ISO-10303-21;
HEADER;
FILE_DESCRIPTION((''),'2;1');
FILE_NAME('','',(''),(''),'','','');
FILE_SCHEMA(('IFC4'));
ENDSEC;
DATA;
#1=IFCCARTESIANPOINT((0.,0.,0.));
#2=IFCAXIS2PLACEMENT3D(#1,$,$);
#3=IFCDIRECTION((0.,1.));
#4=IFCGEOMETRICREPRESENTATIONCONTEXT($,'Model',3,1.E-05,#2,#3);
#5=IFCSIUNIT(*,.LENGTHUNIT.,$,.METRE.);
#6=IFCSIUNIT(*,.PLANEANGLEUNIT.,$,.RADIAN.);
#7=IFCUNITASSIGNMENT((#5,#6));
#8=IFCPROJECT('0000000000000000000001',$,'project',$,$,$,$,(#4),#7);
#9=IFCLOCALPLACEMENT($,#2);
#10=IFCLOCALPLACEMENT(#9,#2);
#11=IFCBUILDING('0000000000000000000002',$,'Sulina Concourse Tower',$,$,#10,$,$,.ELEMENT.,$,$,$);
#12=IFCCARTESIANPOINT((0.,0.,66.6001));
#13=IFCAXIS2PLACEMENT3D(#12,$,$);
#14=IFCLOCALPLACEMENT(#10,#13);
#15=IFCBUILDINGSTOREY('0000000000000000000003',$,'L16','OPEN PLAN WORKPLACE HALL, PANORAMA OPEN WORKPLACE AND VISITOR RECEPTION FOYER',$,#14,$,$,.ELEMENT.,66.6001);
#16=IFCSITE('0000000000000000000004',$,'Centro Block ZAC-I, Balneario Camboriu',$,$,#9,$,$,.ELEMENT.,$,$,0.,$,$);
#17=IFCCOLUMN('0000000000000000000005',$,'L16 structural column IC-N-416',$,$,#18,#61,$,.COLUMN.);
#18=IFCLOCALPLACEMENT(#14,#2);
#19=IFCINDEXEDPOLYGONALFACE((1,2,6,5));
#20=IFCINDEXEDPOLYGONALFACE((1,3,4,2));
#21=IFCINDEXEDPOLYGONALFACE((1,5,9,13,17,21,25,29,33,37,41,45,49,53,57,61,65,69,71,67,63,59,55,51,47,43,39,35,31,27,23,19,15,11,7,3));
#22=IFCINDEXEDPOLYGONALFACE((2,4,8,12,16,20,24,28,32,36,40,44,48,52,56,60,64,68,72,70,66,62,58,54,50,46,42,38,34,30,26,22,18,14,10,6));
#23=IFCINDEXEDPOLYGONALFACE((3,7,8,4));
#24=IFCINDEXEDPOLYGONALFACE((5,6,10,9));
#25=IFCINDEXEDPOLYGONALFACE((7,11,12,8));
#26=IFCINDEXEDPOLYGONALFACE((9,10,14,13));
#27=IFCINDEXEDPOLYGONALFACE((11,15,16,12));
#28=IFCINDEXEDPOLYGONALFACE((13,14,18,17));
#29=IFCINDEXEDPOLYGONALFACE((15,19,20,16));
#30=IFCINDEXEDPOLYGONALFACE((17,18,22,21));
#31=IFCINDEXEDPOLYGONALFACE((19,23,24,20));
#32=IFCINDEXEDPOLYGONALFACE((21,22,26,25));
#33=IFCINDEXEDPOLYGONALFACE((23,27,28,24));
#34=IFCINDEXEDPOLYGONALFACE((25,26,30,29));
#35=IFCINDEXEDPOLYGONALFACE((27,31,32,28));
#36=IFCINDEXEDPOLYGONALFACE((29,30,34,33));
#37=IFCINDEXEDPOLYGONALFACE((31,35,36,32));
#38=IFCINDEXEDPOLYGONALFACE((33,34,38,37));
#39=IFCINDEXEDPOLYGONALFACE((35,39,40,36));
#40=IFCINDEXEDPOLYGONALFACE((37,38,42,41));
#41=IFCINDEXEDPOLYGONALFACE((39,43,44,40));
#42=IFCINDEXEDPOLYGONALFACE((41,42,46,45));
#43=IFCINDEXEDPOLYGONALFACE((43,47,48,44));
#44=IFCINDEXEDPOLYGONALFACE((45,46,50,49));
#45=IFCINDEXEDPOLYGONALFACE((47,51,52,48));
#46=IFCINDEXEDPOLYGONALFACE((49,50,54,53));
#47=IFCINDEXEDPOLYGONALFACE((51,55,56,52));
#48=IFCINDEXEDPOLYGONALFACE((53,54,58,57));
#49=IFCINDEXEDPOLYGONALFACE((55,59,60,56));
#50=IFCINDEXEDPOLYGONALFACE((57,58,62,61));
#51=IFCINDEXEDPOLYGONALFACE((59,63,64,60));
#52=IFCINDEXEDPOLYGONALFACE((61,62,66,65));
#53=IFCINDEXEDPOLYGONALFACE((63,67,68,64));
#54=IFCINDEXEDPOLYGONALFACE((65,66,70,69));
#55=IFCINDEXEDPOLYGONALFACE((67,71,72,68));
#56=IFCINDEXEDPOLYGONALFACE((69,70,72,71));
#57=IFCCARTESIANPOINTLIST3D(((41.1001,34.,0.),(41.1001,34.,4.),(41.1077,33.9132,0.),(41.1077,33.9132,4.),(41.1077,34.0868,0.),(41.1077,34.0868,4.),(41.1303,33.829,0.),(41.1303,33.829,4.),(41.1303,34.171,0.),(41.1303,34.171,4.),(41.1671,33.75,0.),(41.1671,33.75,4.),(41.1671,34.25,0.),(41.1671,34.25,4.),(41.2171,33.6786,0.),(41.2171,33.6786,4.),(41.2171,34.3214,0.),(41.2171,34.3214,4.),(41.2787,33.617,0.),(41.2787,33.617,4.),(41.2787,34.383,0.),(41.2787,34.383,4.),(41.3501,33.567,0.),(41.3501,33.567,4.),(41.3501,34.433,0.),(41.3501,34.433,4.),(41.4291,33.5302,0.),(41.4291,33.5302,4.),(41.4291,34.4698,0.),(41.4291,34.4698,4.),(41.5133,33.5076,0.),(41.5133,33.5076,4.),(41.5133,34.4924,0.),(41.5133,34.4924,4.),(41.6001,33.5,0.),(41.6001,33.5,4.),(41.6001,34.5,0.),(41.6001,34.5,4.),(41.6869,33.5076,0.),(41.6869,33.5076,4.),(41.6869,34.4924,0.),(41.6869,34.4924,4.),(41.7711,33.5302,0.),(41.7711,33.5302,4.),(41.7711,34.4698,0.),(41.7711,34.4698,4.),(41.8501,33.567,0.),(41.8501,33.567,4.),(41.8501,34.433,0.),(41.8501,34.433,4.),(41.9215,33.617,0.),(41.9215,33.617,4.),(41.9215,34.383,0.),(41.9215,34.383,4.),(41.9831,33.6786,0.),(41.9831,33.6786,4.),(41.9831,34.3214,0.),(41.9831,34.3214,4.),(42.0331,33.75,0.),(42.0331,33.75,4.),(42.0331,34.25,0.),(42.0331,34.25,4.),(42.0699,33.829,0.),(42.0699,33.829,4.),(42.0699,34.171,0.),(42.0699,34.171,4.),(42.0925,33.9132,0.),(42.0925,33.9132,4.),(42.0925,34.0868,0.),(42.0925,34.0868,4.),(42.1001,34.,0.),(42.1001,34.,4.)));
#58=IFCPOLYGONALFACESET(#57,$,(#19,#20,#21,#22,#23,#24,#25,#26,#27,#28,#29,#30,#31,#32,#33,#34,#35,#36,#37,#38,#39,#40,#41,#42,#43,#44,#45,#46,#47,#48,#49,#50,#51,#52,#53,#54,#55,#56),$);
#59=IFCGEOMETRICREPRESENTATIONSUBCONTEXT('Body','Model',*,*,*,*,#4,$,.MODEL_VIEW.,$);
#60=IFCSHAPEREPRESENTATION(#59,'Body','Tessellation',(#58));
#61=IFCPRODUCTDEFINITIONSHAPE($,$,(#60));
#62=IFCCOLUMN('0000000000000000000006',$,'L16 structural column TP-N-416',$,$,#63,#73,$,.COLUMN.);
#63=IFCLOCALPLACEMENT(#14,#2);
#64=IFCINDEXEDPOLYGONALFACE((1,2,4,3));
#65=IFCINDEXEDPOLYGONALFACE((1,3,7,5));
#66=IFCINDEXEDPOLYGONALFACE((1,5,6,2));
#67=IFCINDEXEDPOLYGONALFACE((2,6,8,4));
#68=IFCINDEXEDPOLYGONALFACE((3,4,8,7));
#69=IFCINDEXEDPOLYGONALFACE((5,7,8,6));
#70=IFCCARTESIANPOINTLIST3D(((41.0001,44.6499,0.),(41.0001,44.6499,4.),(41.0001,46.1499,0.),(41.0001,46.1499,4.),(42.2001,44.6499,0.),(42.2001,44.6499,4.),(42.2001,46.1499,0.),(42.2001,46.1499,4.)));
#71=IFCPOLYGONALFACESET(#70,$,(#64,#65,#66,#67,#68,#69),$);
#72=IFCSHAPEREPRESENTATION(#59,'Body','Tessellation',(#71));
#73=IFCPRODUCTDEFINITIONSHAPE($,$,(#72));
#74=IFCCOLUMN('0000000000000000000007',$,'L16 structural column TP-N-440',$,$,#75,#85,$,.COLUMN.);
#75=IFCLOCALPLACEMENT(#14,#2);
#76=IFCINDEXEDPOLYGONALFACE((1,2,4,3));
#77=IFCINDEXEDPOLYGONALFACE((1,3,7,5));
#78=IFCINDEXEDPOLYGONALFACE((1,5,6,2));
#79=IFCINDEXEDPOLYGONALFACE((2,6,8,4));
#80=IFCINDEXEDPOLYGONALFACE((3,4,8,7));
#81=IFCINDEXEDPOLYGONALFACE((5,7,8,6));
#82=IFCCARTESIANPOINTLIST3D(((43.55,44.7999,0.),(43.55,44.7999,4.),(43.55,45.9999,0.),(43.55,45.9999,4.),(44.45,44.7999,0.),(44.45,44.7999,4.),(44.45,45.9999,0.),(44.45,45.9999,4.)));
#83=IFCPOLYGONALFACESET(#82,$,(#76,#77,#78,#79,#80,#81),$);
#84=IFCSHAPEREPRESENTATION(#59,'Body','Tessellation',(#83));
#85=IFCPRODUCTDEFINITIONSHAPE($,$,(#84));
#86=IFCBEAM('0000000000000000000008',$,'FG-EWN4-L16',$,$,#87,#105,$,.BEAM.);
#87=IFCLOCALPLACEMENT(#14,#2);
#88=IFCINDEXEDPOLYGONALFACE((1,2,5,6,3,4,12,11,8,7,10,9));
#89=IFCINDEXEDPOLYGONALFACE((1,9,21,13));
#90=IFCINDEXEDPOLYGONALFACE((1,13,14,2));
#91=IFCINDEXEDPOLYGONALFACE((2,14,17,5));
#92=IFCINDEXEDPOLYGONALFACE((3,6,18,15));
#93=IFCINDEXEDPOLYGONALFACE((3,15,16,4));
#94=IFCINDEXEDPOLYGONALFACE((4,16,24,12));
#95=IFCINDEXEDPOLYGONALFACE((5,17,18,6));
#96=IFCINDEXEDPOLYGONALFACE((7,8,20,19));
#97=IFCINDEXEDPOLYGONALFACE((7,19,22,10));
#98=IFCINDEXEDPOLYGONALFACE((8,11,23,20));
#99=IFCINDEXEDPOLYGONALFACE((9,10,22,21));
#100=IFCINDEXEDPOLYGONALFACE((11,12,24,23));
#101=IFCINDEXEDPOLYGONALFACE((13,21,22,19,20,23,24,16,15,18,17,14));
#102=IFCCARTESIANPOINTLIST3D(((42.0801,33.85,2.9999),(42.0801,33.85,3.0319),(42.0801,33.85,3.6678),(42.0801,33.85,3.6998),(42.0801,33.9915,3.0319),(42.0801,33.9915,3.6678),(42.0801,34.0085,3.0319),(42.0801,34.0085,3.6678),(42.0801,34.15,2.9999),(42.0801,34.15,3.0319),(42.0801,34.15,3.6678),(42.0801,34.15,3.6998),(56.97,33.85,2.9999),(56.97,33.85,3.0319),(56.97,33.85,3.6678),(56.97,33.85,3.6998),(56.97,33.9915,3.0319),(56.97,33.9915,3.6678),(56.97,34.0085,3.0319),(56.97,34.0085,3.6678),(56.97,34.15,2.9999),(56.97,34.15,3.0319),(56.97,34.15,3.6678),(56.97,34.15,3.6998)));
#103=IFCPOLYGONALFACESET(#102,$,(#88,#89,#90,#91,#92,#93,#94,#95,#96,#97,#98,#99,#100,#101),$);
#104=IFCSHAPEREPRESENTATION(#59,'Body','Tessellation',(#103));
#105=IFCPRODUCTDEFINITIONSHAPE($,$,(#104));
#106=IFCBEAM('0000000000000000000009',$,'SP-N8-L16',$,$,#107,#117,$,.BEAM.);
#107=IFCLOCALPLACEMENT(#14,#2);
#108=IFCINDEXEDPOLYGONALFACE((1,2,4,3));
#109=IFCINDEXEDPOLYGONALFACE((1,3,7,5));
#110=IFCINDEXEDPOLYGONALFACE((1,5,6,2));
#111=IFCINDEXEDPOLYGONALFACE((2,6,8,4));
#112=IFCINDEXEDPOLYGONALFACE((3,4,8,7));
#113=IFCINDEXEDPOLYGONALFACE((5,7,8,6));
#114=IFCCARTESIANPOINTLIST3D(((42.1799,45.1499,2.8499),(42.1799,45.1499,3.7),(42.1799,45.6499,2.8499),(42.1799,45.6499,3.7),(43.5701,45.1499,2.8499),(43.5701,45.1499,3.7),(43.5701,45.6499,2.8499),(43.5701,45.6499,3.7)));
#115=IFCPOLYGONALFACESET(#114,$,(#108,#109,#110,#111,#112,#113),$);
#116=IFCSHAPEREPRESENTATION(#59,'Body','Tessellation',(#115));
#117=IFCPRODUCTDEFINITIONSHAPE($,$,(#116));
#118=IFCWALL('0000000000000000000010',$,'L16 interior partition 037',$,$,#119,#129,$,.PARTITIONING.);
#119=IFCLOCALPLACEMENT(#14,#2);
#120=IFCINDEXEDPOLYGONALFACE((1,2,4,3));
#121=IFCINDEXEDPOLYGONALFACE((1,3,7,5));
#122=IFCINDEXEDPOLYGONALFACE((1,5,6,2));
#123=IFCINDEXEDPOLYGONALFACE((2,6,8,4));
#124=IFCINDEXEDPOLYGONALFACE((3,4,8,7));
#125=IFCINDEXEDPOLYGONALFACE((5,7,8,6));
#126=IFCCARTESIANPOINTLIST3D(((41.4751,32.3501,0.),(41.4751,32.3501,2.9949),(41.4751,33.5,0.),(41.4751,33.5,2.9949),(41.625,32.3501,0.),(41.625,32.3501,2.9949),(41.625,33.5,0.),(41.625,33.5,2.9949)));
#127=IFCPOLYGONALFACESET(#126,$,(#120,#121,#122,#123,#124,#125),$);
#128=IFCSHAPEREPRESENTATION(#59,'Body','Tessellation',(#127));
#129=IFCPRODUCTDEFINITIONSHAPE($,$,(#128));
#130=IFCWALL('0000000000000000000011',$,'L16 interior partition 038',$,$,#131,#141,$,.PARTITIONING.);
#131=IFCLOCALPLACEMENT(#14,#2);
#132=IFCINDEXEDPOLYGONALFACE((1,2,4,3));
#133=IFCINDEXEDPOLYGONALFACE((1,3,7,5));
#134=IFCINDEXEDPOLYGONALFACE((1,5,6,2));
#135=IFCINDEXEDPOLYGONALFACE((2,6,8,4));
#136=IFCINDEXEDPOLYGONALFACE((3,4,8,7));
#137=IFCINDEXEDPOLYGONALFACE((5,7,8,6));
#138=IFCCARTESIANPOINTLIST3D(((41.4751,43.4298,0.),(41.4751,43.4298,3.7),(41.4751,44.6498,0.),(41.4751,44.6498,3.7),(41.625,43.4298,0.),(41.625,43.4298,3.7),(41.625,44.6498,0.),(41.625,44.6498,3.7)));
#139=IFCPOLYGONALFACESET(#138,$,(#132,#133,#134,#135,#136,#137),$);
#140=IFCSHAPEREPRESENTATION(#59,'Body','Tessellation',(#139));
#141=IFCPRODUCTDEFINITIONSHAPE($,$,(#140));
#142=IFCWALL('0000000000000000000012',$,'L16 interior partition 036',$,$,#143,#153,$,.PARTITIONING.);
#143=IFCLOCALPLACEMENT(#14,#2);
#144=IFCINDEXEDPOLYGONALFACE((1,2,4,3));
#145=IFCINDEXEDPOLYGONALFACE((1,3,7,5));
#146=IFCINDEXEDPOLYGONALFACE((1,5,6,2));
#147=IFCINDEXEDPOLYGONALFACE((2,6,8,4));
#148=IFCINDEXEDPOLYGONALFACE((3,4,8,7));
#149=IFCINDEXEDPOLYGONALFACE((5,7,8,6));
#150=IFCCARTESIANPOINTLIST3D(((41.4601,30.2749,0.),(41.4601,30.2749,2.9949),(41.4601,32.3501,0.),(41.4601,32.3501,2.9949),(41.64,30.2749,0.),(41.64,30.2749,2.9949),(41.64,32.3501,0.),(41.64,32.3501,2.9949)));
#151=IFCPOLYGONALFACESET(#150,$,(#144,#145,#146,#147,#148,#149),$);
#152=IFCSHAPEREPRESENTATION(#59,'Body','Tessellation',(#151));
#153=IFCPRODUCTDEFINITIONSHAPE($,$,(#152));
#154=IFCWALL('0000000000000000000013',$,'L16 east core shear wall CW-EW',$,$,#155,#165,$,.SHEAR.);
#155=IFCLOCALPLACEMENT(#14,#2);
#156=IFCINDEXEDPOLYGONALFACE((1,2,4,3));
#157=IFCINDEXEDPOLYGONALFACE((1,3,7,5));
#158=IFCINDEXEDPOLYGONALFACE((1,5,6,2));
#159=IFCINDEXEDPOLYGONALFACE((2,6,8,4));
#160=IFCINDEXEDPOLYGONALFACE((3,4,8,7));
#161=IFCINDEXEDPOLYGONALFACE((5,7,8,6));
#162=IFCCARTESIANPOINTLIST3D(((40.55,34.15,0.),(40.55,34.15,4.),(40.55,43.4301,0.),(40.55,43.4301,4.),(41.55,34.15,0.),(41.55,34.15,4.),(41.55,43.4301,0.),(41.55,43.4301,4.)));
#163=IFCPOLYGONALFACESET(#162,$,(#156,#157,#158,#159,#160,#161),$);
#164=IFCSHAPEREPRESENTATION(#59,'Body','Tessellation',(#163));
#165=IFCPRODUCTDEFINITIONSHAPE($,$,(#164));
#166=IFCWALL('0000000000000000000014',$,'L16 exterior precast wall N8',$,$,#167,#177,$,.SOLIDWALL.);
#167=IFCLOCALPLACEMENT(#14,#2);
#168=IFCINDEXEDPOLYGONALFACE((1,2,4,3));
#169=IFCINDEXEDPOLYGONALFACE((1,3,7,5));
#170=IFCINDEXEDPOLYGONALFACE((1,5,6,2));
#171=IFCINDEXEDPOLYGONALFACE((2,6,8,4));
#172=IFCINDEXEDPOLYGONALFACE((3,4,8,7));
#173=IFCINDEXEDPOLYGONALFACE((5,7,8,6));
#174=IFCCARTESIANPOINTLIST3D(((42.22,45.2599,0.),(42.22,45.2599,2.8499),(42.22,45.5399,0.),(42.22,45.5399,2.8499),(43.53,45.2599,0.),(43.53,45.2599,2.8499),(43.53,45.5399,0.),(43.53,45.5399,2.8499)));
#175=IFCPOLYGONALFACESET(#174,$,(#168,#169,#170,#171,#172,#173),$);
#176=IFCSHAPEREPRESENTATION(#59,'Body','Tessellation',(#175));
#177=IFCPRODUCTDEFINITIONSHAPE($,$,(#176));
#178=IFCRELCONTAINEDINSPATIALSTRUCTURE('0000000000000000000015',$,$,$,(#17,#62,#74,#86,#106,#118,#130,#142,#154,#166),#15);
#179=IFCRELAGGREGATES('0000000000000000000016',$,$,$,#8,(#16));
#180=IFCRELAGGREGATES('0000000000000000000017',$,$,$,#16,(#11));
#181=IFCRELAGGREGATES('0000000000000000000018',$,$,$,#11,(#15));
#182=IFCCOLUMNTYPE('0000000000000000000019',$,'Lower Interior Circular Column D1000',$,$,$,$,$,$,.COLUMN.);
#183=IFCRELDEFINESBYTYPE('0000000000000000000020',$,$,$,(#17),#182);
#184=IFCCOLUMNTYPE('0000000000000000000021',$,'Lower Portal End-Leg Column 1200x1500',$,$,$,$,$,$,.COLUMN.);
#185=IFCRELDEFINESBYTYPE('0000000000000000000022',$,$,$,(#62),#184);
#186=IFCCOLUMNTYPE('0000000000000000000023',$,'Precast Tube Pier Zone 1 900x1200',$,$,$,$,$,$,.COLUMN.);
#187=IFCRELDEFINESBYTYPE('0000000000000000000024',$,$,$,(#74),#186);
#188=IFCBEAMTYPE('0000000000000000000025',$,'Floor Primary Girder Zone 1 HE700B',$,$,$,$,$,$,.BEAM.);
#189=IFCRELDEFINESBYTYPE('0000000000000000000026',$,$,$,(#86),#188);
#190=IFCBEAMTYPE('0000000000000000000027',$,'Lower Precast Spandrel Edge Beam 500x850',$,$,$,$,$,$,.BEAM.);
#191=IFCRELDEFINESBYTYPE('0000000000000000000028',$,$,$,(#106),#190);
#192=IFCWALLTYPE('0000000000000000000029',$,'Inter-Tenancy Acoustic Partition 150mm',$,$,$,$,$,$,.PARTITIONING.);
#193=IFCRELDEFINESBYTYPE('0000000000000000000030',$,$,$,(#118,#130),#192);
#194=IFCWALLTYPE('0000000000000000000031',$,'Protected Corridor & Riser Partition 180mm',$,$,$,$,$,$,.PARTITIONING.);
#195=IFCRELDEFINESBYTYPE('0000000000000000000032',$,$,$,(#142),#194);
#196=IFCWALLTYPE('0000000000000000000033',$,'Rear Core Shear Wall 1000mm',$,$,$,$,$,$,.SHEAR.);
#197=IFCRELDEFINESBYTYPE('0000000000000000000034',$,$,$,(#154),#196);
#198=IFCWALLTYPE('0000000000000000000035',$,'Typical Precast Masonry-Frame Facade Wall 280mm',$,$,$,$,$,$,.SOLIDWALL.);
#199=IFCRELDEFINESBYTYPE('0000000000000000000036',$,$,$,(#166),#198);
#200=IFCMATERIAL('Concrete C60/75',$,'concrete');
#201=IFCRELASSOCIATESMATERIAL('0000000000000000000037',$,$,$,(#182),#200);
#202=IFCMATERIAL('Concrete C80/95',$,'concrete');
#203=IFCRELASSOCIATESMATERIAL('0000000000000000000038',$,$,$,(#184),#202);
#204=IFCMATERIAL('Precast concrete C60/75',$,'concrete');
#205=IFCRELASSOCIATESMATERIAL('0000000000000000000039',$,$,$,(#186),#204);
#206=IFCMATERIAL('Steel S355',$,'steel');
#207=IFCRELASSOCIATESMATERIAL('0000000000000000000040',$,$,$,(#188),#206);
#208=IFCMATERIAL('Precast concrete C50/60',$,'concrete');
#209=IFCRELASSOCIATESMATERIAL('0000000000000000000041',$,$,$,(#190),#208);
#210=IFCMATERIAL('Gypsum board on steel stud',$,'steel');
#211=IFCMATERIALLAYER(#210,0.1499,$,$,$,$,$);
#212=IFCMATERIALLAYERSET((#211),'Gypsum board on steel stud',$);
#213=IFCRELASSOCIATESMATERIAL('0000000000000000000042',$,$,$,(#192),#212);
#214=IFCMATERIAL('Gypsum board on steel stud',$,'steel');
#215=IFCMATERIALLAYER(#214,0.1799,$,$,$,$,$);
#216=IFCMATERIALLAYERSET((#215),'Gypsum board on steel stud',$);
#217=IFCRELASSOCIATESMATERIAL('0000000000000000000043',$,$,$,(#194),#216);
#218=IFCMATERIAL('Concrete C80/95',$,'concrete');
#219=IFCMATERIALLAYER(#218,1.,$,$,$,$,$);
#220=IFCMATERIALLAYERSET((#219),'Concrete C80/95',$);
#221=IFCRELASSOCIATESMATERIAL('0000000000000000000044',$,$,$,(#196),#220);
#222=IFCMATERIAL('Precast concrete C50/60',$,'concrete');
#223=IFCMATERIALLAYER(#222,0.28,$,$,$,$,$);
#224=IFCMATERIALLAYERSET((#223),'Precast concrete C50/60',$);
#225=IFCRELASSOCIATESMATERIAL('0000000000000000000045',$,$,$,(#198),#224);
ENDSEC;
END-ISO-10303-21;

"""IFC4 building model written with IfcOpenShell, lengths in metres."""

from ifc_helpers import new_model, si_unit, direction, frame, frame_2d, origin, origin_2d, place, context, subcontext, project, spatial, rectangle, circle, i_section, extrude, material, layer, layer_set, material_profile, profile_set, type_object, element, save


model = new_model("IFC4")

# Units and contexts
model_context = context("Model", 3, precision=1e-05, world=origin(), true_north=direction((0.0, 1.0)))
body_context = subcontext(model_context, "Body", "Model", "MODEL_VIEW")
ifc_project = project(units=[si_unit("LENGTHUNIT", "METRE"), si_unit("PLANEANGLEUNIT", "RADIAN")], contexts=[model_context])

# Site, building, storey
site_placement = place(None, origin())
site = spatial("IfcSite", under=ifc_project, at=site_placement, Name="Centro Block ZAC-I, Balneario Camboriu", CompositionType="ELEMENT", RefElevation=0.0)
building_placement = place(site_placement, origin())
building = spatial("IfcBuilding", under=site, at=building_placement, Name="Sulina Concourse Tower", CompositionType="ELEMENT")
storey_placement = place(building_placement, frame((0.0, 0.0, 66.6001)))
storey = spatial("IfcBuildingStorey", under=building, at=storey_placement, Name="L16", Description="OPEN PLAN WORKPLACE HALL, PANORAMA OPEN WORKPLACE AND VISITOR RECEPTION FOYER", CompositionType="ELEMENT", Elevation=66.6001)

# Columns
ifc_material_1 = material(Name="Concrete C60/75", Category="concrete")
ifc_material_profile_1 = material_profile(ifc_material_1, circle(Radius=0.5, at=origin_2d()), Name="RC D1000")
ifc_profile_set_1 = profile_set([ifc_material_profile_1], Name="Concrete C60/75")
column_type_1 = type_object("IfcColumnType", Name="Lower Interior Circular Column D1000", PredefinedType="COLUMN", material=ifc_profile_set_1)
column_1_placement = place(storey_placement, frame((41.6001, 34.0, 0.0), z_axis=(0.0, 0.0, 1.0), x_axis=(1.0, 0.0, 0.0)))
element("IfcColumn", 1, at=column_1_placement, inside=storey, type_object=column_type_1, Name="L16 structural column IC-N-416", PredefinedType="COLUMN", context=body_context, shape_type="SweptSolid", body=[
    extrude(circle(Radius=0.5, at=origin_2d()), origin(), (0.0, 0.0, 1.0), 4.0),
])
ifc_material_2 = material(Name="Concrete C80/95", Category="concrete")
ifc_material_profile_2 = material_profile(ifc_material_2, rectangle(XDim=1.2, YDim=1.5, at=origin_2d()), Name="RC 1200x1500")
ifc_profile_set_2 = profile_set([ifc_material_profile_2], Name="Concrete C80/95")
column_type_2 = type_object("IfcColumnType", Name="Lower Portal End-Leg Column 1200x1500", PredefinedType="COLUMN", material=ifc_profile_set_2)
column_2_placement = place(storey_placement, frame((41.6001, 45.3999, 0.0), z_axis=(0.0, 0.0, 1.0), x_axis=(1.0, 0.0, 0.0)))
element("IfcColumn", 2, at=column_2_placement, inside=storey, type_object=column_type_2, Name="L16 structural column TP-N-416", PredefinedType="COLUMN", context=body_context, shape_type="SweptSolid", body=[
    extrude(rectangle(XDim=1.2, YDim=1.5, at=origin_2d()), origin(), (0.0, 0.0, 1.0), 4.0),
])
ifc_material_3 = material(Name="Precast concrete C60/75", Category="concrete")
ifc_material_profile_3 = material_profile(ifc_material_3, rectangle(XDim=0.8999, YDim=1.2, at=origin_2d()), Name="PC 900x1200")
ifc_profile_set_3 = profile_set([ifc_material_profile_3], Name="Precast concrete C60/75")
column_type_3 = type_object("IfcColumnType", Name="Precast Tube Pier Zone 1 900x1200", PredefinedType="COLUMN", material=ifc_profile_set_3)
column_3_placement = place(storey_placement, frame((44.0, 45.3999, 0.0), z_axis=(0.0, 0.0, 1.0), x_axis=(1.0, 0.0, 0.0)))
element("IfcColumn", 3, at=column_3_placement, inside=storey, type_object=column_type_3, Name="L16 structural column TP-N-440", PredefinedType="COLUMN", context=body_context, shape_type="SweptSolid", body=[
    extrude(rectangle(XDim=0.8999, YDim=1.2, at=origin_2d()), origin(), (0.0, 0.0, 1.0), 4.0),
])

# Beams
ifc_material_4 = material(Name="Steel S355", Category="steel")
ifc_material_profile_4 = material_profile(ifc_material_4, i_section(OverallWidth=0.3, OverallDepth=0.7, WebThickness=0.0171, FlangeThickness=0.032, at=origin_2d()), Name="HE 700 B")
ifc_profile_set_4 = profile_set([ifc_material_profile_4], Name="Steel S355")
beam_type_1 = type_object("IfcBeamType", Name="Floor Primary Girder Zone 1 HE700B", PredefinedType="BEAM", material=ifc_profile_set_4)
beam_1_placement = place(storey_placement, frame((42.0801, 34.0, 3.3499), z_axis=(1.0, 0.0, 0.0), x_axis=(0.0, 1.0, 0.0)))
element("IfcBeam", 4, at=beam_1_placement, inside=storey, type_object=beam_type_1, Name="FG-EWN4-L16", PredefinedType="BEAM", context=body_context, shape_type="SweptSolid", body=[
    extrude(i_section(OverallWidth=0.3, OverallDepth=0.7, WebThickness=0.0171, FlangeThickness=0.032, at=origin_2d()), origin(), (0.0, 0.0, 1.0), 14.8899),
])
ifc_material_5 = material(Name="Precast concrete C50/60", Category="concrete")
ifc_material_profile_5 = material_profile(ifc_material_5, rectangle(XDim=0.5, YDim=0.8501, at=origin_2d()), Name="RC 500x850")
ifc_profile_set_5 = profile_set([ifc_material_profile_5], Name="Precast concrete C50/60")
beam_type_2 = type_object("IfcBeamType", Name="Lower Precast Spandrel Edge Beam 500x850", PredefinedType="BEAM", material=ifc_profile_set_5)
beam_2_placement = place(storey_placement, frame((42.1799, 45.3999, 3.2749), z_axis=(1.0, 0.0, 0.0), x_axis=(0.0, 1.0, 0.0)))
element("IfcBeam", 5, at=beam_2_placement, inside=storey, type_object=beam_type_2, Name="SP-N8-L16", PredefinedType="BEAM", context=body_context, shape_type="SweptSolid", body=[
    extrude(rectangle(XDim=0.5, YDim=0.8501, at=origin_2d()), origin(), (0.0, 0.0, 1.0), 1.3901),
])

# Walls
ifc_material_6 = material(Name="Gypsum board on steel stud", Category="steel")
ifc_layer_1 = layer(ifc_material_6, 0.1499)
ifc_layer_set_1 = layer_set([ifc_layer_1], Name="Gypsum board on steel stud")
wall_type_1 = type_object("IfcWallType", Name="Inter-Tenancy Acoustic Partition 150mm", PredefinedType="PARTITIONING", material=ifc_layer_set_1)
wall_1_placement = place(storey_placement, frame((41.55, 32.3501, 0.0), z_axis=(0.0, 0.0, 1.0), x_axis=(0.0, 1.0, 0.0)))
element("IfcWall", 6, at=wall_1_placement, inside=storey, type_object=wall_type_1, Name="L16 interior partition 037", PredefinedType="PARTITIONING", context=body_context, shape_type="SweptSolid", body=[
    extrude(rectangle(XDim=1.1499, YDim=0.1499, at=frame_2d((0.575, 0.0))), origin(), (0.0, 0.0, 1.0), 2.9949),
])
wall_2_placement = place(storey_placement, frame((41.55, 43.4299, 0.0), z_axis=(0.0, 0.0, 1.0), x_axis=(0.0, 1.0, 0.0)))
element("IfcWall", 7, at=wall_2_placement, inside=storey, type_object=wall_type_1, Name="L16 interior partition 038", PredefinedType="PARTITIONING", context=body_context, shape_type="SweptSolid", body=[
    extrude(rectangle(XDim=1.22, YDim=0.1499, at=frame_2d((0.6099, 0.0))), origin(), (0.0, 0.0, 1.0), 3.7),
])
ifc_material_7 = material(Name="Gypsum board on steel stud", Category="steel")
ifc_layer_2 = layer(ifc_material_7, 0.1799)
ifc_layer_set_2 = layer_set([ifc_layer_2], Name="Gypsum board on steel stud")
wall_type_2 = type_object("IfcWallType", Name="Protected Corridor & Riser Partition 180mm", PredefinedType="PARTITIONING", material=ifc_layer_set_2)
wall_3_placement = place(storey_placement, frame((41.55, 30.2749, 0.0), z_axis=(0.0, 0.0, 1.0), x_axis=(0.0, 1.0, 0.0)))
element("IfcWall", 8, at=wall_3_placement, inside=storey, type_object=wall_type_2, Name="L16 interior partition 036", PredefinedType="PARTITIONING", context=body_context, shape_type="SweptSolid", body=[
    extrude(rectangle(XDim=2.0752, YDim=0.1799, at=frame_2d((1.0376, 0.0))), origin(), (0.0, 0.0, 1.0), 2.9949),
])
ifc_material_8 = material(Name="Concrete C80/95", Category="concrete")
ifc_layer_3 = layer(ifc_material_8, 1.0)
ifc_layer_set_3 = layer_set([ifc_layer_3], Name="Concrete C80/95")
wall_type_3 = type_object("IfcWallType", Name="Rear Core Shear Wall 1000mm", PredefinedType="SHEAR", material=ifc_layer_set_3)
wall_4_placement = place(storey_placement, frame((41.05, 34.1499, 0.0), z_axis=(0.0, 0.0, 1.0), x_axis=(0.0, 1.0, 0.0)))
element("IfcWall", 9, at=wall_4_placement, inside=storey, type_object=wall_type_3, Name="L16 east core shear wall CW-EW", PredefinedType="SHEAR", context=body_context, shape_type="SweptSolid", body=[
    extrude(rectangle(XDim=9.28, YDim=1.0, at=frame_2d((4.6401, 0.0))), origin(), (0.0, 0.0, 1.0), 4.0),
])
ifc_material_9 = material(Name="Precast concrete C50/60", Category="concrete")
ifc_layer_4 = layer(ifc_material_9, 0.28)
ifc_layer_set_4 = layer_set([ifc_layer_4], Name="Precast concrete C50/60")
wall_type_4 = type_object("IfcWallType", Name="Typical Precast Masonry-Frame Facade Wall 280mm", PredefinedType="SOLIDWALL", material=ifc_layer_set_4)
wall_5_placement = place(storey_placement, frame((42.22, 45.3999, 0.0), z_axis=(0.0, 0.0, 1.0), x_axis=(1.0, 0.0, 0.0)))
element("IfcWall", 10, at=wall_5_placement, inside=storey, type_object=wall_type_4, Name="L16 exterior precast wall N8", PredefinedType="SOLIDWALL", context=body_context, shape_type="SweptSolid", body=[
    extrude(rectangle(XDim=1.3101, YDim=0.28, at=frame_2d((0.655, 0.0))), origin(), (0.0, 0.0, 1.0), 2.8499),
])

save(model, "model.ifc")
